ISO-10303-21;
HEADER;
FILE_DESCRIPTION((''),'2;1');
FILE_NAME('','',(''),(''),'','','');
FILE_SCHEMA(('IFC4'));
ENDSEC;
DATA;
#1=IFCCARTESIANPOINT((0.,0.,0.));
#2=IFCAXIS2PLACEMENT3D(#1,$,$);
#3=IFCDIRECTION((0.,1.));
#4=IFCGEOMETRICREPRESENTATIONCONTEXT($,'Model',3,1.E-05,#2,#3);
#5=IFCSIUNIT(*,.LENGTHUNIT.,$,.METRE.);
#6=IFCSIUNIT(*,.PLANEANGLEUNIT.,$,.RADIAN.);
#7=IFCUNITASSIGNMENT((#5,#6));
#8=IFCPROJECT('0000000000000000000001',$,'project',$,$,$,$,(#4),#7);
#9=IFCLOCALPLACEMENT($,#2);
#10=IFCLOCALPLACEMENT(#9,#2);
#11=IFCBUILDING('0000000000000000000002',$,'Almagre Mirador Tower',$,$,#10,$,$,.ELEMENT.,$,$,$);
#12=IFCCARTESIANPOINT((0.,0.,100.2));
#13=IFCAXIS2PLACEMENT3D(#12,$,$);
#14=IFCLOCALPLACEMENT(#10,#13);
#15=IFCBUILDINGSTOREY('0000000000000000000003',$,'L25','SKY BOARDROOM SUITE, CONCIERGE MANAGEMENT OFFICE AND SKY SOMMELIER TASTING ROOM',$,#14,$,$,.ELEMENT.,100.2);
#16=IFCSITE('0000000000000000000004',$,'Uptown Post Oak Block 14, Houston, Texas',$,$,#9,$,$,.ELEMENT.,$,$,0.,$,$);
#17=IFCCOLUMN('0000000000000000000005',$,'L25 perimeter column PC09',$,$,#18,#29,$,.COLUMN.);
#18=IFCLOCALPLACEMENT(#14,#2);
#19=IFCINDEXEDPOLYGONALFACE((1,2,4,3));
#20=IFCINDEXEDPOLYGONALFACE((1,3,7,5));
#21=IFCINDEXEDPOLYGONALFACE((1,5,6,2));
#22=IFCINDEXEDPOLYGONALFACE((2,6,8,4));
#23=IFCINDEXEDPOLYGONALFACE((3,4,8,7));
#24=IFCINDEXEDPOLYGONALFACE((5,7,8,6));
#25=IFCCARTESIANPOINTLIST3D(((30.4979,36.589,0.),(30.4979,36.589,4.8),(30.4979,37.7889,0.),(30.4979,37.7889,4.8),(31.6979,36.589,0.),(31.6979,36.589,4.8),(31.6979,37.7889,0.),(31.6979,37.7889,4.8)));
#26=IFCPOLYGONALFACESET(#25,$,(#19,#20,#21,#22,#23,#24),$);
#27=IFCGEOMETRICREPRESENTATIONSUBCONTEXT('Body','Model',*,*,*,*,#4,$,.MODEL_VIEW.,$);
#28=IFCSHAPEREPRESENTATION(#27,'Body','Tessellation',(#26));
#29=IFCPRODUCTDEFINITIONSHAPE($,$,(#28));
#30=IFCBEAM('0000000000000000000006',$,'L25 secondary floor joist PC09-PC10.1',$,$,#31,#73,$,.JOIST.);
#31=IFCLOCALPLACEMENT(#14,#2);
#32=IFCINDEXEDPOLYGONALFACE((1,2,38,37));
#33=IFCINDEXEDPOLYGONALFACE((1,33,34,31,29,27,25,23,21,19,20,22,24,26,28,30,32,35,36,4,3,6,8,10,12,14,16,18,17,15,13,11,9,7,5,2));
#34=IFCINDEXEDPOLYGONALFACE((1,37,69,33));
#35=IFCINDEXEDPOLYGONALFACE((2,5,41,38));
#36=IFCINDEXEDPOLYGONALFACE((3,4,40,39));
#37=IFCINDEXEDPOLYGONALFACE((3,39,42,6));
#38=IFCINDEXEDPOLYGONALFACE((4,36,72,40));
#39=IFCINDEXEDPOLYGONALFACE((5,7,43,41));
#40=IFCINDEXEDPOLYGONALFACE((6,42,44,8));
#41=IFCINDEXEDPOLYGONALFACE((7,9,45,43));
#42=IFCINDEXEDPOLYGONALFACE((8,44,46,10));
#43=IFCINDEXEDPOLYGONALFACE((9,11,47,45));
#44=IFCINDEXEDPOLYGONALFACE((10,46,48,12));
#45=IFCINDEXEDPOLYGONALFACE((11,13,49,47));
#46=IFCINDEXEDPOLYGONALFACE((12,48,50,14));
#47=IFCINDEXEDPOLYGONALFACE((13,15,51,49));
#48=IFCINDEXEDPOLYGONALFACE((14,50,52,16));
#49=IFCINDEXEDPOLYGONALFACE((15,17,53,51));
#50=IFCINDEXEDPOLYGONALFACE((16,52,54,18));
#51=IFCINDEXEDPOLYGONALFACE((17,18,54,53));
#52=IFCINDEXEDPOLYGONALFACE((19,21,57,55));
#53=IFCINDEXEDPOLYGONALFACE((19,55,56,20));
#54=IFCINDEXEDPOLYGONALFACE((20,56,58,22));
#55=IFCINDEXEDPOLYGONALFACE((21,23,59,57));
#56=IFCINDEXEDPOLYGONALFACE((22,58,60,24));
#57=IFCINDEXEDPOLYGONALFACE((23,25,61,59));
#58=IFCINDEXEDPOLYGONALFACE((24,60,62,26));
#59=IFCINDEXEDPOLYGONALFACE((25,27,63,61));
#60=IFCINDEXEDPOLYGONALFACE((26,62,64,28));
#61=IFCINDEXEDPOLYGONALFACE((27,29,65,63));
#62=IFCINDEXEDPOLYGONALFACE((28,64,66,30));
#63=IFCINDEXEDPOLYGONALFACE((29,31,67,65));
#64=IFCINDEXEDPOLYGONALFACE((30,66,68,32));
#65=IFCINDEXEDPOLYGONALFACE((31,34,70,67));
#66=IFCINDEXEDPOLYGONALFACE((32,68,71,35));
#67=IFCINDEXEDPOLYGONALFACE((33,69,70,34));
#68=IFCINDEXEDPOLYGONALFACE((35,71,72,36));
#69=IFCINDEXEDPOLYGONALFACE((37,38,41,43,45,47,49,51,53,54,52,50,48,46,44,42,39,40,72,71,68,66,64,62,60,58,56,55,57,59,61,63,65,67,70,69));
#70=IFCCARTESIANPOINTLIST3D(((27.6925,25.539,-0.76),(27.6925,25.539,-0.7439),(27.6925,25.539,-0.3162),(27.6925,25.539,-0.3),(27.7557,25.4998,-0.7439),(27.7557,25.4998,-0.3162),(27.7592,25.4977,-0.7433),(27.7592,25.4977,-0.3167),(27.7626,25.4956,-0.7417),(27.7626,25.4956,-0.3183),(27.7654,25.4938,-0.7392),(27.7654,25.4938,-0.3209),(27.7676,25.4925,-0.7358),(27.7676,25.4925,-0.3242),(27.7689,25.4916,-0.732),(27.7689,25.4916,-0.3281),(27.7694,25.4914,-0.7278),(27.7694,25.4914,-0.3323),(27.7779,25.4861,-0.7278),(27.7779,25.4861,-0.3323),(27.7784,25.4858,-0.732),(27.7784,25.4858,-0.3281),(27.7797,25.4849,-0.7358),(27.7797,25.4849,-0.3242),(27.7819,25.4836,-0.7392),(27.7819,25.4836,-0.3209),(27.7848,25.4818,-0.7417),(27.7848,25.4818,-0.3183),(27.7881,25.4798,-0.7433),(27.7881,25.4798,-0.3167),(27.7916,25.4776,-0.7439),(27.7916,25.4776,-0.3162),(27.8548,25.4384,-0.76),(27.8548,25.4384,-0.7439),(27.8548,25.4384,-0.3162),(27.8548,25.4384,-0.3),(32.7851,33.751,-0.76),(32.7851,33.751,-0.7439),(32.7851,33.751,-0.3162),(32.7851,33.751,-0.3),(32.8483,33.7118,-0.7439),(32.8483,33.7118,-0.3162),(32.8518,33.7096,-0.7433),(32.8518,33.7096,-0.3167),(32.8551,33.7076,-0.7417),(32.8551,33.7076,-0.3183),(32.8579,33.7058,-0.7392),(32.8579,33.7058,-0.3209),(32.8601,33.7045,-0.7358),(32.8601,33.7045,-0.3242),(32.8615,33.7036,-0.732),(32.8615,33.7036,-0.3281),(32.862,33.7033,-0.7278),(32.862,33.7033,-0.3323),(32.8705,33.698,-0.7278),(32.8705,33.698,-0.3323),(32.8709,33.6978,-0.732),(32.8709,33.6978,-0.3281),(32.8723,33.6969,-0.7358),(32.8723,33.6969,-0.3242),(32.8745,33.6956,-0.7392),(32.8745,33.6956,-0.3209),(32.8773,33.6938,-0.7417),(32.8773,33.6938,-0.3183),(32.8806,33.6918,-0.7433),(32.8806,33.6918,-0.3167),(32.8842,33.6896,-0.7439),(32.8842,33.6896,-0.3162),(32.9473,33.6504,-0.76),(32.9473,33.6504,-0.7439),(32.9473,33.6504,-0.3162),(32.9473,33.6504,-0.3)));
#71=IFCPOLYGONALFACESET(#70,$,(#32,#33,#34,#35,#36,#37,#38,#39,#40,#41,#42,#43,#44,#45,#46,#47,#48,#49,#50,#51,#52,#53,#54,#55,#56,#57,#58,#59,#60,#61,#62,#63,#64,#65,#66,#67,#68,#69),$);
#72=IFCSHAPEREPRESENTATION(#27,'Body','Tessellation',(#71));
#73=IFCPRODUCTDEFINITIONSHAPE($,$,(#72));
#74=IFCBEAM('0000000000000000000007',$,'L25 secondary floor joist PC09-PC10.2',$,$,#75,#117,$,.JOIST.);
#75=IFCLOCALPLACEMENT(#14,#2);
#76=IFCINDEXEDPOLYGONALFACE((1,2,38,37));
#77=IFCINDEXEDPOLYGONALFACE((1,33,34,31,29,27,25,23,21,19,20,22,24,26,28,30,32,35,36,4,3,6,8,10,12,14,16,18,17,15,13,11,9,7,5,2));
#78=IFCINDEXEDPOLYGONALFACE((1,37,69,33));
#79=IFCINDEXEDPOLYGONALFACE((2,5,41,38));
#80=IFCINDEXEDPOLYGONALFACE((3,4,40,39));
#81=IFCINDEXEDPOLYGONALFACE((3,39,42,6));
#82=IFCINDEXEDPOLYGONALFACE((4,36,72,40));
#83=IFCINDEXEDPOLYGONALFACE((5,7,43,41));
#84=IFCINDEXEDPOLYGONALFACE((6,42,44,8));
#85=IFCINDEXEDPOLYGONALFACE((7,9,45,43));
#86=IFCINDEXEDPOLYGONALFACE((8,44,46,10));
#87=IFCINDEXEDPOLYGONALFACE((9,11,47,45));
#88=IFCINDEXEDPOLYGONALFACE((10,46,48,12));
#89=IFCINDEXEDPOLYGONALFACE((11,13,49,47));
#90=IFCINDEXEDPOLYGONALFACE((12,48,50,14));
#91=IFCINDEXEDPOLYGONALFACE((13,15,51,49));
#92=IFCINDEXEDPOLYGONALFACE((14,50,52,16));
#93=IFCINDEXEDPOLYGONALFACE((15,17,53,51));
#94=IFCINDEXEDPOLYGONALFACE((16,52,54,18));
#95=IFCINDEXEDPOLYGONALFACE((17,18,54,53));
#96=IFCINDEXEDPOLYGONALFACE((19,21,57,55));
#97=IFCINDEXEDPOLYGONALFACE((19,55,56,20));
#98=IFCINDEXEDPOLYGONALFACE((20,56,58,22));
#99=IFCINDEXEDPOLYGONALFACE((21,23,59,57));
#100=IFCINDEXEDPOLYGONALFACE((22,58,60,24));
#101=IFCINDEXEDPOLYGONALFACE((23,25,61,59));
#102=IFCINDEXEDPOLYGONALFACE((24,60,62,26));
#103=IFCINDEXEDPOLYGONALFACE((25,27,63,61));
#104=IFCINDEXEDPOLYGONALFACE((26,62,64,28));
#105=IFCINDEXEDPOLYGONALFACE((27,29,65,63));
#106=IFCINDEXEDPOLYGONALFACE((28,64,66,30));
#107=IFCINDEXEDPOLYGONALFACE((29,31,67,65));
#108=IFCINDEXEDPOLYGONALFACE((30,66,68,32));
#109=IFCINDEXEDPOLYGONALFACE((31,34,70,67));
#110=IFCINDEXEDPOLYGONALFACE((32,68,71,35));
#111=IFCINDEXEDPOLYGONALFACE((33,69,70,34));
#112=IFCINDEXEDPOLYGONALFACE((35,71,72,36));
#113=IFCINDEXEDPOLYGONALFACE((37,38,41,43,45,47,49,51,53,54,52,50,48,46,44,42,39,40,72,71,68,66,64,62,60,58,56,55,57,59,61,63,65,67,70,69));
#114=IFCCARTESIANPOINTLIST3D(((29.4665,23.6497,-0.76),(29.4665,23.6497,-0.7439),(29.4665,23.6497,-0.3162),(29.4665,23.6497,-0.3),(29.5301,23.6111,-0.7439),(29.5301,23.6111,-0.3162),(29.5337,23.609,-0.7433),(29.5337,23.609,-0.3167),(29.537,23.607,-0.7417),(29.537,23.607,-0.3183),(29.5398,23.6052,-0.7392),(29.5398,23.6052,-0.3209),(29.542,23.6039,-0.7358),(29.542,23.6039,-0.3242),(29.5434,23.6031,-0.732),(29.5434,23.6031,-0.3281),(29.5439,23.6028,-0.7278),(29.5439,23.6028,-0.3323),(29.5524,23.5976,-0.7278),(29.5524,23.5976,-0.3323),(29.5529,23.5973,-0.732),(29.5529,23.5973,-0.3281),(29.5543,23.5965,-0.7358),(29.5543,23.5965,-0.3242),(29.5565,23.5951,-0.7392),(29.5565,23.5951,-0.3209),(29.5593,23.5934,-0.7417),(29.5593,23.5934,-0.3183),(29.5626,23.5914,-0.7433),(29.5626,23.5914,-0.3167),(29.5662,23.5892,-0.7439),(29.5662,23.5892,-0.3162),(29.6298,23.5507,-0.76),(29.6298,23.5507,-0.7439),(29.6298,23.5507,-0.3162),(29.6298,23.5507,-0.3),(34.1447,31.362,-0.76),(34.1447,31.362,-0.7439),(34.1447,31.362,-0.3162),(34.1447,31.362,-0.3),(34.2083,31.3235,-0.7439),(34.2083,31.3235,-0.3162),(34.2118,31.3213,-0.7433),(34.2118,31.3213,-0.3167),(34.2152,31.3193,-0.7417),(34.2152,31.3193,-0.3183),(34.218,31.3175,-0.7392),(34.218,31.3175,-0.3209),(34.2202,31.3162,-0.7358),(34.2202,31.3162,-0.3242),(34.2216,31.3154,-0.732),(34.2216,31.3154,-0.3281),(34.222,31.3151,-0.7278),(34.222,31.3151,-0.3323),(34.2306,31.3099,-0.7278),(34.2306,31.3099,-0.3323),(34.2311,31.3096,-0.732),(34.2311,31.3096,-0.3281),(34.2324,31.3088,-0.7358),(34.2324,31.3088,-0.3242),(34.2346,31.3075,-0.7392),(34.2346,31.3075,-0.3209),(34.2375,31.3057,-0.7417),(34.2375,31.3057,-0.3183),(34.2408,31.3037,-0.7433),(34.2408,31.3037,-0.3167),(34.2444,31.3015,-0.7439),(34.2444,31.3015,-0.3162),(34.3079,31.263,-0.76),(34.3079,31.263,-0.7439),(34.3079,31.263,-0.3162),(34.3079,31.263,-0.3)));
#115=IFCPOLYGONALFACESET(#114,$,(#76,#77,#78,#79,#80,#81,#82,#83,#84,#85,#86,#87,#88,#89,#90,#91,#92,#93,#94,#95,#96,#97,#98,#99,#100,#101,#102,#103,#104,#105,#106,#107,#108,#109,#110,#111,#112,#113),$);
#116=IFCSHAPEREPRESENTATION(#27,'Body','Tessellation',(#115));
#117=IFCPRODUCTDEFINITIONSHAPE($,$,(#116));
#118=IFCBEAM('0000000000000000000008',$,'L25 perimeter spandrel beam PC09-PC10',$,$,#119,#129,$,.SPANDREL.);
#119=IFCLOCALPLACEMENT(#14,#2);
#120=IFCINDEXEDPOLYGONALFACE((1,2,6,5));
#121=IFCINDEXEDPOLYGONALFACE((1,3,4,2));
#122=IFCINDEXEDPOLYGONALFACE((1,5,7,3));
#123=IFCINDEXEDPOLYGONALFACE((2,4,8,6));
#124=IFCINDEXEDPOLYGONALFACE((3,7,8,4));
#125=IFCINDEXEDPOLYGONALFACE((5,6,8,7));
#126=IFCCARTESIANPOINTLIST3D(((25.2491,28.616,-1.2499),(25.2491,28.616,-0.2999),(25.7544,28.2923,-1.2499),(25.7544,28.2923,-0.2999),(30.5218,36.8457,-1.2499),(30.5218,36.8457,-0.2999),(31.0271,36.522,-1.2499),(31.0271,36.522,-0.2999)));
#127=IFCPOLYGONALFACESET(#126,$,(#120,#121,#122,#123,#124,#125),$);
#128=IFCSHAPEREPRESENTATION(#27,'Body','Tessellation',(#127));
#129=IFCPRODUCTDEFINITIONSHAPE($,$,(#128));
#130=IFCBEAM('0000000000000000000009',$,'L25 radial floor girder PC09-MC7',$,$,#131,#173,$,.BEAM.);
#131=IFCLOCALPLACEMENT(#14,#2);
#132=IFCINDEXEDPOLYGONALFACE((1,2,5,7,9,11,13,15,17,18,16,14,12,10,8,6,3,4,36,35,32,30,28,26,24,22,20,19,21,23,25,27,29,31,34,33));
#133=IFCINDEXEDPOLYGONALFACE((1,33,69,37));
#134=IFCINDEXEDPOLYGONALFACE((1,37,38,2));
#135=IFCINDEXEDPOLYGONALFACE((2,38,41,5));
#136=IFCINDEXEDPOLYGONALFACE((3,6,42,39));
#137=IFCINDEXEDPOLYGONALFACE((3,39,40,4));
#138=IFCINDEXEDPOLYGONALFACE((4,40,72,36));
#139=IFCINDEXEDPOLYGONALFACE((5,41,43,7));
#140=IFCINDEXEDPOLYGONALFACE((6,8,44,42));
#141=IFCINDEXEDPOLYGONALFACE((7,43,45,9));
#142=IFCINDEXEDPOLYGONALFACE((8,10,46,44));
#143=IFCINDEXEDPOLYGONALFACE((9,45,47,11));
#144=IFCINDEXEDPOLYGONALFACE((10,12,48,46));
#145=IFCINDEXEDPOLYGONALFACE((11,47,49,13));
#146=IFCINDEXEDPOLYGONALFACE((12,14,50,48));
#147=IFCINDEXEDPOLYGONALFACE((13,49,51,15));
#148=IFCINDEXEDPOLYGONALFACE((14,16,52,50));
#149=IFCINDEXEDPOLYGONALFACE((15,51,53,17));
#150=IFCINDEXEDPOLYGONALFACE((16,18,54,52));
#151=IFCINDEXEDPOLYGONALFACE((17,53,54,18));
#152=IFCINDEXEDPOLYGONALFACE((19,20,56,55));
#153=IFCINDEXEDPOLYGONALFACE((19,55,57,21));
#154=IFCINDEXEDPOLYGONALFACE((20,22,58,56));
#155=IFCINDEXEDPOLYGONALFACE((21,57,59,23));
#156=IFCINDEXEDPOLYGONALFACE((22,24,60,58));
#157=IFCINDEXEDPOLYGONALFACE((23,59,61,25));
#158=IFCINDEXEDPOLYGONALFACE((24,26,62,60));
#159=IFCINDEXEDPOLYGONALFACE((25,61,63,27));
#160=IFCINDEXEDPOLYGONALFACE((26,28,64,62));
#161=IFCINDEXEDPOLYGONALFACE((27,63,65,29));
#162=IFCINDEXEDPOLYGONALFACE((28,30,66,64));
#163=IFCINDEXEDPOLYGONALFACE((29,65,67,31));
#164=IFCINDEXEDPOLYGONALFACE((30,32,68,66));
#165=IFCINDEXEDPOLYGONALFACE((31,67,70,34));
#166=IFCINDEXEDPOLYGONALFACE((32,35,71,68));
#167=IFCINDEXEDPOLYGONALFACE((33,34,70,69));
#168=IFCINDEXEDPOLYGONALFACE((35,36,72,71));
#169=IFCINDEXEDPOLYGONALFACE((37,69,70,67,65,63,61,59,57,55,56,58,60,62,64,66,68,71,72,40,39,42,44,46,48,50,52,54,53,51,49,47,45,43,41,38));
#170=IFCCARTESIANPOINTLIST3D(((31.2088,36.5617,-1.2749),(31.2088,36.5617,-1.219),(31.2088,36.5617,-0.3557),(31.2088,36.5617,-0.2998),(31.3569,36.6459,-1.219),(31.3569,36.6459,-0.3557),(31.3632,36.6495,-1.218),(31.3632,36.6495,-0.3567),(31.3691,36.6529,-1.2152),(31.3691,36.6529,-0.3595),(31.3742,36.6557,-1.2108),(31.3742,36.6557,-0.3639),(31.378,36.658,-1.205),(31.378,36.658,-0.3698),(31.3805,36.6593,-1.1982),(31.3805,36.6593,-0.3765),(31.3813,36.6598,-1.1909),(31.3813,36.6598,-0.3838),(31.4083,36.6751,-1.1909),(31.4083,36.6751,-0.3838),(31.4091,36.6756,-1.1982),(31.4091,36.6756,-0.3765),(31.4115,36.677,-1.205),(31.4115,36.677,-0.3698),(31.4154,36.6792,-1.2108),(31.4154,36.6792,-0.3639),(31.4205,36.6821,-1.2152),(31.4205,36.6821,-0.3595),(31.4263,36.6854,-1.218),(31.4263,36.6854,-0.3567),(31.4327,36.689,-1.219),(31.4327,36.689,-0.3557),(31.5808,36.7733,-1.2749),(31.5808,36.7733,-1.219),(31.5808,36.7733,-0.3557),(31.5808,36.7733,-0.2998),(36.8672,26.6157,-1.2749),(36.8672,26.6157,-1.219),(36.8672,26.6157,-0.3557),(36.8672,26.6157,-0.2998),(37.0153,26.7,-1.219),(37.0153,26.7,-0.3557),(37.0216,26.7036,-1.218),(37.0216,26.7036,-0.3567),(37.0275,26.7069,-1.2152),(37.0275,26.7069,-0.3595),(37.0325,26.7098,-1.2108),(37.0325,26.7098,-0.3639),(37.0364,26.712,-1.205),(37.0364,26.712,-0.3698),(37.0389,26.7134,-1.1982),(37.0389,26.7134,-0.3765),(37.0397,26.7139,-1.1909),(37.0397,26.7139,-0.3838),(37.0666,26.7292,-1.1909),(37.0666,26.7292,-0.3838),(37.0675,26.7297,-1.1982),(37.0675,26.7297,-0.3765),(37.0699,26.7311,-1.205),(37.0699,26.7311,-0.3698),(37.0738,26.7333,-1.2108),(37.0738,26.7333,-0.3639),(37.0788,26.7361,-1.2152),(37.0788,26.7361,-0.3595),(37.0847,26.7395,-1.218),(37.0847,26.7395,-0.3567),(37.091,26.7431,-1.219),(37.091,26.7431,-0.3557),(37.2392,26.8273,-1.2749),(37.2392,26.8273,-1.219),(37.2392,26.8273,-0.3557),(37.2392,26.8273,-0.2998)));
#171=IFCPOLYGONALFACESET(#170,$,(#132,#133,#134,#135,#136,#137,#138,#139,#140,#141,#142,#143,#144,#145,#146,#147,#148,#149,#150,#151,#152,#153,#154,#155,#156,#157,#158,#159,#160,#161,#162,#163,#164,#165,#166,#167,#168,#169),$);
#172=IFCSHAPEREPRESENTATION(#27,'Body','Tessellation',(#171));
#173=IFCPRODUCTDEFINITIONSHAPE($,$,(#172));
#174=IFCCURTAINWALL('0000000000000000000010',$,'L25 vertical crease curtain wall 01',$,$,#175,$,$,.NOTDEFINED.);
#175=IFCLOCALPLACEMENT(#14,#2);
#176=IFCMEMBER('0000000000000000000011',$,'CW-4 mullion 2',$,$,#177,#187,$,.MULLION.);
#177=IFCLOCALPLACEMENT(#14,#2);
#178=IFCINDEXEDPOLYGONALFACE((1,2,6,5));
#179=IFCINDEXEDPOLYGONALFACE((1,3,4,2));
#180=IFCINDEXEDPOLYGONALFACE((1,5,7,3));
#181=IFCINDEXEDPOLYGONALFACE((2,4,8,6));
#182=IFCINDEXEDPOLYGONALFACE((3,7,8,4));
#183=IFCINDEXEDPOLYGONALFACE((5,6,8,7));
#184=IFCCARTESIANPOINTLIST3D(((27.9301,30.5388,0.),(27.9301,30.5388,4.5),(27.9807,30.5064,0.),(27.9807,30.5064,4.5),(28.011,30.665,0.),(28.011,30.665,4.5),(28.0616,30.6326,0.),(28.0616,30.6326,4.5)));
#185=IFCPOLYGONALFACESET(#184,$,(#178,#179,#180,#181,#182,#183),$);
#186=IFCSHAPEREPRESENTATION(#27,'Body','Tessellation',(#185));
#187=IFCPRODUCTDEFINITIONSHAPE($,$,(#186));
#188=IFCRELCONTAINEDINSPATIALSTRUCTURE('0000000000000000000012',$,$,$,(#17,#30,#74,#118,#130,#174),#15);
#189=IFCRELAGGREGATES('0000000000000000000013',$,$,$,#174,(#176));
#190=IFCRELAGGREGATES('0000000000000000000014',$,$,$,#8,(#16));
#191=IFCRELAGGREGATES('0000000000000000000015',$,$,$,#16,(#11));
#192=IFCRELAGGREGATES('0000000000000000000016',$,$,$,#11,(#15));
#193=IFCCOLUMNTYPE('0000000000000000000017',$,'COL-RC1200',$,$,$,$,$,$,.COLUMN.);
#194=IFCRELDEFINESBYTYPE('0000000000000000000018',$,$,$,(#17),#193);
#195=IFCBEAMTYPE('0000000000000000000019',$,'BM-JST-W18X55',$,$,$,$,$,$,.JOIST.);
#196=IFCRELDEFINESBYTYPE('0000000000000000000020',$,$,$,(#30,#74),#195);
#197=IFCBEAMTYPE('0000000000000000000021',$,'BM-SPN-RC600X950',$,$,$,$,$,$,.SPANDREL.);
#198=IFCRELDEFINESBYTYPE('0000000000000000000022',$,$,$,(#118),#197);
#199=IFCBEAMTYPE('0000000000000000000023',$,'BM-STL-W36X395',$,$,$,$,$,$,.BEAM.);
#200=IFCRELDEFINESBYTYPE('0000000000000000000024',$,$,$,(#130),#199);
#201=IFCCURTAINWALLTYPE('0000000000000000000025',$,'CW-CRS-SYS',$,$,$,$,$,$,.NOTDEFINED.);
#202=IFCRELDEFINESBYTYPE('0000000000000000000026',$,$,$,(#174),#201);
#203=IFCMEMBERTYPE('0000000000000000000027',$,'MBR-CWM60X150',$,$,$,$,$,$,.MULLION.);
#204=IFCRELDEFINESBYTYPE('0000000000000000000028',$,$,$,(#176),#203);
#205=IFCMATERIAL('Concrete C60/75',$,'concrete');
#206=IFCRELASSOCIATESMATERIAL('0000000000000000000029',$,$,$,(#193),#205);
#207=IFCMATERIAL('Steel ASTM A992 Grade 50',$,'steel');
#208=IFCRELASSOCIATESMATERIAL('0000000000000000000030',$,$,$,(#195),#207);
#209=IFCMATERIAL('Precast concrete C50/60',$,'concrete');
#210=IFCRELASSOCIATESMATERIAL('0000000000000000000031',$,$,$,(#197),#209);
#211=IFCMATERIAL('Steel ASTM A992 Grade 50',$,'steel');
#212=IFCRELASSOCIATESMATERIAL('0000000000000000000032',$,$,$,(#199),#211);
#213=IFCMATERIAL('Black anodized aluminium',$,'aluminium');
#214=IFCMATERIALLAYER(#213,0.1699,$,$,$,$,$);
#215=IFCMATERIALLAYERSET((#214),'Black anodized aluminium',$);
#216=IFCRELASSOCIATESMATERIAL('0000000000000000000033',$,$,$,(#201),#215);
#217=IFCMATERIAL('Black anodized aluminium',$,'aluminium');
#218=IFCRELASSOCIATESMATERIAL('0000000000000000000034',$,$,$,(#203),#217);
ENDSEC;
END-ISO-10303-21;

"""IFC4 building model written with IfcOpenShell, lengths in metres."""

from ifc_helpers import new_model, si_unit, direction, frame, origin, origin_2d, place, context, subcontext, project, spatial, rectangle, i_section, extrude, material, layer, layer_set, material_profile, profile_set, type_object, element, aggregate, save


model = new_model("IFC4")

# Units and contexts
model_context = context("Model", 3, precision=1e-05, world=origin(), true_north=direction((0.0, 1.0)))
body_context = subcontext(model_context, "Body", "Model", "MODEL_VIEW")
ifc_project = project(units=[si_unit("LENGTHUNIT", "METRE"), si_unit("PLANEANGLEUNIT", "RADIAN")], contexts=[model_context])

# Site, building, storey
site_placement = place(None, origin())
site = spatial("IfcSite", under=ifc_project, at=site_placement, Name="Uptown Post Oak Block 14, Houston, Texas", CompositionType="ELEMENT", RefElevation=0.0)
building_placement = place(site_placement, origin())
building = spatial("IfcBuilding", under=site, at=building_placement, Name="Almagre Mirador Tower", CompositionType="ELEMENT")
storey_placement = place(building_placement, frame((0.0, 0.0, 100.2)))
storey = spatial("IfcBuildingStorey", under=building, at=storey_placement, Name="L25", Description="SKY BOARDROOM SUITE, CONCIERGE MANAGEMENT OFFICE AND SKY SOMMELIER TASTING ROOM", CompositionType="ELEMENT", Elevation=100.2)

# Column
ifc_material_1 = material(Name="Concrete C60/75", Category="concrete")
ifc_material_profile_1 = material_profile(ifc_material_1, rectangle(XDim=1.2, YDim=1.2, at=origin_2d()), Name="RC1200X1200")
ifc_profile_set_1 = profile_set([ifc_material_profile_1], Name="Concrete C60/75")
column_type = type_object("IfcColumnType", Name="COL-RC1200", PredefinedType="COLUMN", material=ifc_profile_set_1)
column_placement = place(storey_placement, frame((31.0979, 37.189, 0.0), z_axis=(0.0, 0.0, 1.0), x_axis=(1.0, 0.0, 0.0)))
element("IfcColumn", 1, at=column_placement, inside=storey, type_object=column_type, Name="L25 perimeter column PC09", PredefinedType="COLUMN", context=body_context, shape_type="SweptSolid", body=[
    extrude(rectangle(XDim=1.2, YDim=1.2, at=origin_2d()), origin(), (0.0, 0.0, 1.0), 4.8),
])

# Beams
ifc_material_2 = material(Name="Steel ASTM A992 Grade 50", Category="steel")
ifc_material_profile_2 = material_profile(ifc_material_2, i_section(OverallWidth=0.1909, OverallDepth=0.46, WebThickness=0.01, FlangeThickness=0.0161, FilletRadius=0.0161, at=origin_2d()), Name="W18X55")
ifc_profile_set_2 = profile_set([ifc_material_profile_2], Name="Steel ASTM A992 Grade 50")
beam_type_1 = type_object("IfcBeamType", Name="BM-JST-W18X55", PredefinedType="JOIST", material=ifc_profile_set_2)
beam_1_placement = place(storey_placement, frame((32.8662, 33.7007, -0.53), z_axis=(-0.527025, -0.84985, 0.0), x_axis=(0.84985, -0.527025, 0.0)))
element("IfcBeam", 2, at=beam_1_placement, inside=storey, type_object=beam_type_1, Name="L25 secondary floor joist PC09-PC10.1", PredefinedType="JOIST", context=body_context, shape_type="SweptSolid", body=[
    extrude(i_section(OverallWidth=0.1909, OverallDepth=0.46, WebThickness=0.01, FlangeThickness=0.0161, FilletRadius=0.0161, at=origin_2d()), origin(), (0.0, 0.0, 1.0), 9.6628),
])
beam_2_placement = place(storey_placement, frame((34.2263, 31.3125, -0.53), z_axis=(-0.518629, -0.854999, 0.0), x_axis=(0.854999, -0.518629, 0.0)))
element("IfcBeam", 3, at=beam_2_placement, inside=storey, type_object=beam_type_1, Name="L25 secondary floor joist PC09-PC10.2", PredefinedType="JOIST", context=body_context, shape_type="SweptSolid", body=[
    extrude(i_section(OverallWidth=0.1909, OverallDepth=0.46, WebThickness=0.01, FlangeThickness=0.0161, FilletRadius=0.0161, at=origin_2d()), origin(), (0.0, 0.0, 1.0), 9.0203),
])
ifc_material_3 = material(Name="Precast concrete C50/60", Category="concrete")
ifc_material_profile_3 = material_profile(ifc_material_3, rectangle(XDim=0.6001, YDim=0.95, at=origin_2d()), Name="RC600X950")
ifc_profile_set_3 = profile_set([ifc_material_profile_3], Name="Precast concrete C50/60")
beam_type_2 = type_object("IfcBeamType", Name="BM-SPN-RC600X950", PredefinedType="SPANDREL", material=ifc_profile_set_3)
beam_3_placement = place(storey_placement, frame((30.7744, 36.6838, -0.7749), z_axis=(-0.539465, -0.842008, 0.0), x_axis=(0.842008, -0.539465, 0.0)))
element("IfcBeam", 4, at=beam_3_placement, inside=storey, type_object=beam_type_2, Name="L25 perimeter spandrel beam PC09-PC10", PredefinedType="SPANDREL", context=body_context, shape_type="SweptSolid", body=[
    extrude(rectangle(XDim=0.6001, YDim=0.95, at=origin_2d()), origin(), (0.0, 0.0, 1.0), 9.7739),
])
ifc_material_4 = material(Name="Steel ASTM A992 Grade 50", Category="steel")
ifc_material_profile_4 = material_profile(ifc_material_4, i_section(OverallWidth=0.428, OverallDepth=0.9751, WebThickness=0.031, FlangeThickness=0.0559, FilletRadius=0.0281, at=origin_2d()), Name="W36X395")
ifc_profile_set_4 = profile_set([ifc_material_profile_4], Name="Steel ASTM A992 Grade 50")
beam_type_3 = type_object("IfcBeamType", Name="BM-STL-W36X395", PredefinedType="BEAM", material=ifc_profile_set_4)
beam_4_placement = place(storey_placement, frame((31.3948, 36.6675, -0.7874), z_axis=(0.494491, -0.869183, 0.0), x_axis=(0.869183, 0.494491, 0.0)))
element("IfcBeam", 5, at=beam_4_placement, inside=storey, type_object=beam_type_3, Name="L25 radial floor girder PC09-MC7", PredefinedType="BEAM", context=body_context, shape_type="SweptSolid", body=[
    extrude(i_section(OverallWidth=0.428, OverallDepth=0.9751, WebThickness=0.031, FlangeThickness=0.0559, FilletRadius=0.0281, at=origin_2d()), origin(), (0.0, 0.0, 1.0), 11.4429),
])

# Curtain wall, member
ifc_material_5 = material(Name="Black anodized aluminium", Category="aluminium")
ifc_layer_1 = layer(ifc_material_5, 0.1699)
ifc_layer_set_1 = layer_set([ifc_layer_1], Name="Black anodized aluminium")
curtain_wall_type_1 = type_object("IfcCurtainWallType", Name="CW-CRS-SYS", PredefinedType="NOTDEFINED", material=ifc_layer_set_1)
curtain_wall_1_placement = place(storey_placement, origin())
curtain_wall_1 = element("IfcCurtainWall", 6, at=curtain_wall_1_placement, inside=storey, type_object=curtain_wall_type_1, Name="L25 vertical crease curtain wall 01", PredefinedType="NOTDEFINED")
ifc_material_6 = material(Name="Black anodized aluminium", Category="aluminium")
ifc_material_profile_5 = material_profile(ifc_material_6, rectangle(XDim=0.0601, YDim=0.1499, at=origin_2d()), Name="CWM60X150")
ifc_profile_set_5 = profile_set([ifc_material_profile_5], Name="Black anodized aluminium")
member_type_1 = type_object("IfcMemberType", Name="MBR-CWM60X150", PredefinedType="MULLION", material=ifc_profile_set_5)
member_1_placement = place(storey_placement, frame((27.9958, 30.5857, 0.0), z_axis=(0.0, 0.0, 1.0), x_axis=(-0.842141, 0.539257, 0.0)))
member_1 = element("IfcMember", 7, at=member_1_placement, type_object=member_type_1, Name="CW-4 mullion 2", PredefinedType="MULLION", context=body_context, shape_type="SweptSolid", body=[
    extrude(rectangle(XDim=0.0601, YDim=0.1499, at=origin_2d()), origin(), (0.0, 0.0, 1.0), 4.5),
])

aggregate(curtain_wall_1, [member_1])

save(model, "model.ifc")
